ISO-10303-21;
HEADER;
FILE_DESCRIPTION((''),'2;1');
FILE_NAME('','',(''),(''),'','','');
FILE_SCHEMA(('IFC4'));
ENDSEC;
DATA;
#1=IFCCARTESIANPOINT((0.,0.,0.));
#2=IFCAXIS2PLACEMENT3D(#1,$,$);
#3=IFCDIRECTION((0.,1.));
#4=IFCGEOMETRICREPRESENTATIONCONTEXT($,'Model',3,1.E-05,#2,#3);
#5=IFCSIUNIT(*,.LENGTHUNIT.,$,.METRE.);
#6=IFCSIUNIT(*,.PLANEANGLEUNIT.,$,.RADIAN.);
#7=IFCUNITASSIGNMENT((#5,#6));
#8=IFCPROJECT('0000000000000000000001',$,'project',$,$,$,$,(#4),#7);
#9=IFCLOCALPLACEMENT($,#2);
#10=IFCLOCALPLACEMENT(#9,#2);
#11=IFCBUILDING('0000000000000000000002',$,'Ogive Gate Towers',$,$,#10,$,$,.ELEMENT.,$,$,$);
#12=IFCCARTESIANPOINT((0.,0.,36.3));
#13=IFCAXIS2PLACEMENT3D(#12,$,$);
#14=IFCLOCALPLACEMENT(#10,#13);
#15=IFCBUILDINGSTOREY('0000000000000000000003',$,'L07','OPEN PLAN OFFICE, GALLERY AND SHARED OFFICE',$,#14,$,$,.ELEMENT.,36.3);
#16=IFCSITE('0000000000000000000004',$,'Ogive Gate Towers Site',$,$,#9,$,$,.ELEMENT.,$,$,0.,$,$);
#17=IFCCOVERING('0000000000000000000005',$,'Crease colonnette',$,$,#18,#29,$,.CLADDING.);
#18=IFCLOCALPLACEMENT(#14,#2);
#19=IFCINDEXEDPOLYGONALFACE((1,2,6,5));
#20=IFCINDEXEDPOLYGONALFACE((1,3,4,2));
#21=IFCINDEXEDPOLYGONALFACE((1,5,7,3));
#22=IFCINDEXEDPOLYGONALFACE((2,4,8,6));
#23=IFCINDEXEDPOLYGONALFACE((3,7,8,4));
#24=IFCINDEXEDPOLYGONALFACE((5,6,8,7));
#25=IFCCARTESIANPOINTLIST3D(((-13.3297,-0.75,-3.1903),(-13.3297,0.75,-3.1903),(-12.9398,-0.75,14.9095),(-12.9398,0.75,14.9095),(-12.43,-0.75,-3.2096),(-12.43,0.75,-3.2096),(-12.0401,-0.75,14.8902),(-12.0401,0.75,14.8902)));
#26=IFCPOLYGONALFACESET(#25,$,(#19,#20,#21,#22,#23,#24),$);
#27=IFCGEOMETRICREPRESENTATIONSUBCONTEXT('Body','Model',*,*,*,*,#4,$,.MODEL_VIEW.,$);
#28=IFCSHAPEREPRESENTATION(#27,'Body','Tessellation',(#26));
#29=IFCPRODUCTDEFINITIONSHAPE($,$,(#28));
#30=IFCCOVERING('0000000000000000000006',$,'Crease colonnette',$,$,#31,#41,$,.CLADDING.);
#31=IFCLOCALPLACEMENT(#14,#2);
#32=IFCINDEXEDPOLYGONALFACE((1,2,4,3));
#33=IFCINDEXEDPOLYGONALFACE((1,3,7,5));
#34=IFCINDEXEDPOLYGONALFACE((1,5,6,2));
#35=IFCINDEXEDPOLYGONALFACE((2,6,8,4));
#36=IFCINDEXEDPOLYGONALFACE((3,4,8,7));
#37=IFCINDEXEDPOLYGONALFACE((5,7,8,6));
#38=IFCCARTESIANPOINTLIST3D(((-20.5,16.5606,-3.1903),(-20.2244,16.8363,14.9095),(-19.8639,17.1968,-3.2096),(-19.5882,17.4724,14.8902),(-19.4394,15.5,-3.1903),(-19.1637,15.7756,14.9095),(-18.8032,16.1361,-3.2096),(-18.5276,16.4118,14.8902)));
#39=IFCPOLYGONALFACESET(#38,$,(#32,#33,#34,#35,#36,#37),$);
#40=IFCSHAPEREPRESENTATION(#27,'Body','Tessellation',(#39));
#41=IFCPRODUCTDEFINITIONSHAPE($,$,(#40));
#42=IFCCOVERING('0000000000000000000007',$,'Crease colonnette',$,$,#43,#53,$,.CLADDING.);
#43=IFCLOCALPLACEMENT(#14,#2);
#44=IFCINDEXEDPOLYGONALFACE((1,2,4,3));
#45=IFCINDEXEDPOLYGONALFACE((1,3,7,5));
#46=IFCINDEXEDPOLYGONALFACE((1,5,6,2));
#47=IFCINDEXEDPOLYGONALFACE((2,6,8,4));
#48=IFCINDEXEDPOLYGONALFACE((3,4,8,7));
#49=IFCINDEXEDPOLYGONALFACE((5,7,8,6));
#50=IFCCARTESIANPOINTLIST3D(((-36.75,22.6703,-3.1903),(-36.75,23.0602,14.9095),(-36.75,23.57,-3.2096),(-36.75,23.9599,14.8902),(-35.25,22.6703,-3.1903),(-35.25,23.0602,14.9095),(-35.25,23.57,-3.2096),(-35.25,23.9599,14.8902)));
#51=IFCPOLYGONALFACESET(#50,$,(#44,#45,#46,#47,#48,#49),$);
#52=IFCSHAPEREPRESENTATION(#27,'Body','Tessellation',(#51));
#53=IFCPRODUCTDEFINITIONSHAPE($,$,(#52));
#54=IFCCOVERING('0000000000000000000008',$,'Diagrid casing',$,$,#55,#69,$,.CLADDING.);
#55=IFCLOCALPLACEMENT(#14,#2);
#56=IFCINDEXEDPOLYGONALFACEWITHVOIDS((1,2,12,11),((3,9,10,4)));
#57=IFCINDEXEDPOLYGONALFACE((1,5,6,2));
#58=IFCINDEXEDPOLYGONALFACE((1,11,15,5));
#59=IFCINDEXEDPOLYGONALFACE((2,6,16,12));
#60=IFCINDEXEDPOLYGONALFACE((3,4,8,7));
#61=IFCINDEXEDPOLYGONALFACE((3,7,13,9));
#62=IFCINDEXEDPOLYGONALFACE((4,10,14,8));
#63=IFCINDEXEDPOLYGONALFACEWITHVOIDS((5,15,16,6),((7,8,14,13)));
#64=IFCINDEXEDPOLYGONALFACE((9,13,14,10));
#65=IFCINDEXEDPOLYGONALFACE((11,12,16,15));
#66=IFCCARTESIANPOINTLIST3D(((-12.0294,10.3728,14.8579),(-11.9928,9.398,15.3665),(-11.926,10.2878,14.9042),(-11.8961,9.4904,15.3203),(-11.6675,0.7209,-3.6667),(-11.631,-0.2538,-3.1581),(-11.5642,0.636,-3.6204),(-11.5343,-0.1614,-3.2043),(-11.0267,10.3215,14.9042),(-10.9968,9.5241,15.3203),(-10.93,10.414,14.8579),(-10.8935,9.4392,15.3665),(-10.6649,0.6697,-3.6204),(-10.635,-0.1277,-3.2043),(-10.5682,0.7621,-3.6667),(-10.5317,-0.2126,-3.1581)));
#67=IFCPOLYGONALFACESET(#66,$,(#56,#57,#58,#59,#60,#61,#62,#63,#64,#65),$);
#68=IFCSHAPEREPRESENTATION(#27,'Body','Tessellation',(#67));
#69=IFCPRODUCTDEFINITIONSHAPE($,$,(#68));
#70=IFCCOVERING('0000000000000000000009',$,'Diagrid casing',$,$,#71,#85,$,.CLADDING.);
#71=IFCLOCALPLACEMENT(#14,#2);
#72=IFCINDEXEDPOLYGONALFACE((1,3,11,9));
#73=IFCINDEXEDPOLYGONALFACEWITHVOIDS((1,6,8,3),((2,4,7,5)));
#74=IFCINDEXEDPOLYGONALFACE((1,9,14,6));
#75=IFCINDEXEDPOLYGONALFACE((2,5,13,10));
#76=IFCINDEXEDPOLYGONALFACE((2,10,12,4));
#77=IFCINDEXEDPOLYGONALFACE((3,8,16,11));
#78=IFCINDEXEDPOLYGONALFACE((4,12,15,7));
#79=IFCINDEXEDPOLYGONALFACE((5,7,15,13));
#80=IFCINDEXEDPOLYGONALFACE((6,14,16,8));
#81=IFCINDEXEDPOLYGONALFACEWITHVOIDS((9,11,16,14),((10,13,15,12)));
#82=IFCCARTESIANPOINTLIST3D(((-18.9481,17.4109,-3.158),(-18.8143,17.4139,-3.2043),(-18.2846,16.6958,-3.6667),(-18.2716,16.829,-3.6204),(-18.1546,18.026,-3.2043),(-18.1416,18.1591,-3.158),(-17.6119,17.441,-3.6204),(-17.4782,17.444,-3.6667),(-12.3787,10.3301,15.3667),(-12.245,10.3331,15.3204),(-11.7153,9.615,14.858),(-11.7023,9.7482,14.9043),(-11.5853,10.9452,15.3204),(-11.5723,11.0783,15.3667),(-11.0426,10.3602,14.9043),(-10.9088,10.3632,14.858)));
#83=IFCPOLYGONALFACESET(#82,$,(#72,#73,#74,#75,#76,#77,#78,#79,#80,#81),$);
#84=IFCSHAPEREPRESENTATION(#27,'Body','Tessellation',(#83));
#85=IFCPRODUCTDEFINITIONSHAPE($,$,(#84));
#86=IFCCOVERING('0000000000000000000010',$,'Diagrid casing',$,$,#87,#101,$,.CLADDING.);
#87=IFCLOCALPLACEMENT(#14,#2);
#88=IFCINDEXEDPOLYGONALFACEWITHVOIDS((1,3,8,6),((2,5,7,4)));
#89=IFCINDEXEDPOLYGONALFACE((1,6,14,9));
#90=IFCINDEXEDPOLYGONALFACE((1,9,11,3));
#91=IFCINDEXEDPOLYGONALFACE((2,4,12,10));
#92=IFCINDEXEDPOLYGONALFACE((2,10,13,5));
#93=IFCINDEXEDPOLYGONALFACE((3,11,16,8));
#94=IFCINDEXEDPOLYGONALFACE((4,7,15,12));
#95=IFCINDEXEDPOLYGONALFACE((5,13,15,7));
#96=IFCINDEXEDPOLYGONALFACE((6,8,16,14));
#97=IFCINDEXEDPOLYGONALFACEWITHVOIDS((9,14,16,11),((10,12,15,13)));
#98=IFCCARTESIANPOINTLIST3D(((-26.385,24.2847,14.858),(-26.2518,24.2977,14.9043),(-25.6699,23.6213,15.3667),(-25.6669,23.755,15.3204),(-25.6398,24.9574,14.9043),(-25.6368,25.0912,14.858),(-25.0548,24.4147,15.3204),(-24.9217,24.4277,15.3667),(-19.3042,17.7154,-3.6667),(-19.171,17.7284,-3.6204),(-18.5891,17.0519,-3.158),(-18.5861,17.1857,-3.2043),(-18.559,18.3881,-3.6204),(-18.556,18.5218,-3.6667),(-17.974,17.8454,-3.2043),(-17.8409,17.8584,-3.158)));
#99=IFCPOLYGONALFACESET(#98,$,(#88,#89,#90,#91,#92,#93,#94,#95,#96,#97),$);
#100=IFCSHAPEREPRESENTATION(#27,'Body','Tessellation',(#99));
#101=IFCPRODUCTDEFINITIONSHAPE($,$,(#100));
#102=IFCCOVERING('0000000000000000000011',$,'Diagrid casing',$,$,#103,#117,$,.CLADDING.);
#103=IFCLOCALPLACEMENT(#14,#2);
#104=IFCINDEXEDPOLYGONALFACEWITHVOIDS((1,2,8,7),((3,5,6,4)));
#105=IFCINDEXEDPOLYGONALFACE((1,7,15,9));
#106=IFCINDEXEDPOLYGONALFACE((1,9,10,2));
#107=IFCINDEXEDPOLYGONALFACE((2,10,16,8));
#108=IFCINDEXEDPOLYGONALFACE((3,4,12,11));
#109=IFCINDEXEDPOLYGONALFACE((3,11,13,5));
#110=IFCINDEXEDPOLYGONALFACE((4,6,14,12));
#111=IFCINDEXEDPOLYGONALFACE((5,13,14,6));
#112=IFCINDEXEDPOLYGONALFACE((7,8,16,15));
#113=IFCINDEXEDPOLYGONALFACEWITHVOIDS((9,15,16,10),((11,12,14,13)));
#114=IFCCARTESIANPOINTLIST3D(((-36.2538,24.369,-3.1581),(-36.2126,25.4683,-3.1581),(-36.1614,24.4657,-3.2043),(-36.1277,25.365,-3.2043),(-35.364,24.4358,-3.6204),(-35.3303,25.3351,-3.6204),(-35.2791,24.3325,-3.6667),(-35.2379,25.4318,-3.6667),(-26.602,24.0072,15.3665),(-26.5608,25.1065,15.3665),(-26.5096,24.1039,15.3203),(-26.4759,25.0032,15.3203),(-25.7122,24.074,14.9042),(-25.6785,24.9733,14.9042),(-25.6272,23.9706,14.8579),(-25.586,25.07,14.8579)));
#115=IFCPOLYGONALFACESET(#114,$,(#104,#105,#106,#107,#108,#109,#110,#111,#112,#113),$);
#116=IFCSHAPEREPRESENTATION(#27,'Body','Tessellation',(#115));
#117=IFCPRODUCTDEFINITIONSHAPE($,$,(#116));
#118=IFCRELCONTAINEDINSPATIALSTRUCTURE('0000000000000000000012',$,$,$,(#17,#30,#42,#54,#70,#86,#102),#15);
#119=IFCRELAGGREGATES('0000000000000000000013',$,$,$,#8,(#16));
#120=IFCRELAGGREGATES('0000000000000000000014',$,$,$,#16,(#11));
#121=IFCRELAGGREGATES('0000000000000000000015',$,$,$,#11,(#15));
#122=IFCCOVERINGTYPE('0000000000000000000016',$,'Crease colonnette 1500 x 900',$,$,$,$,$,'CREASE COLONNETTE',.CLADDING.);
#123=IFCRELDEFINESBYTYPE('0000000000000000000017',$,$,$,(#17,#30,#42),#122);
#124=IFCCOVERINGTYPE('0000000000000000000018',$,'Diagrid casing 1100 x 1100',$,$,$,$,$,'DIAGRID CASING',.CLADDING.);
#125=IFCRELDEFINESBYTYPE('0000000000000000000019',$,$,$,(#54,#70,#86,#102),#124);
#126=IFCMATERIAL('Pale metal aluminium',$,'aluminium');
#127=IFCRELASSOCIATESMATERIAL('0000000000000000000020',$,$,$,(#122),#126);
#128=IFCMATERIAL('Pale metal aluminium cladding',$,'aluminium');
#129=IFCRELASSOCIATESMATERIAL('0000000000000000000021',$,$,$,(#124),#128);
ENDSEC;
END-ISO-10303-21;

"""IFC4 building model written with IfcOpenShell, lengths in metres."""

from ifc_helpers import new_model, si_unit, direction, frame, origin, origin_2d, place, context, subcontext, project, spatial, rectangle, hollow_rectangle, extrude, material, material_profile, profile_set, type_object, element, save


model = new_model("IFC4")

# Units and contexts
model_context = context("Model", 3, precision=1e-05, world=origin(), true_north=direction((0.0, 1.0)))
body_context = subcontext(model_context, "Body", "Model", "MODEL_VIEW")
ifc_project = project(units=[si_unit("LENGTHUNIT", "METRE"), si_unit("PLANEANGLEUNIT", "RADIAN")], contexts=[model_context])

# Site, building, storey
site_placement = place(None, origin())
site = spatial("IfcSite", under=ifc_project, at=site_placement, Name="Ogive Gate Towers Site", CompositionType="ELEMENT", RefElevation=0.0)
building_placement = place(site_placement, origin())
building = spatial("IfcBuilding", under=site, at=building_placement, Name="Ogive Gate Towers", CompositionType="ELEMENT")
storey_placement = place(building_placement, frame((0.0, 0.0, 36.3)))
storey = spatial("IfcBuildingStorey", under=building, at=storey_placement, Name="L07", Description="OPEN PLAN OFFICE, GALLERY AND SHARED OFFICE", CompositionType="ELEMENT", Elevation=36.3)

# Coverings
ifc_material_1 = material(Name="Pale metal aluminium", Category="aluminium")
ifc_material_profile_1 = material_profile(ifc_material_1, rectangle(XDim=1.5, YDim=0.8999, at=origin_2d()), Name="1500 x 900 pale metal aluminium")
ifc_profile_set_1 = profile_set([ifc_material_profile_1], Name="Pale metal aluminium")
covering_type_1 = type_object("IfcCoveringType", Name="Crease colonnette 1500 x 900", ElementType="CREASE COLONNETTE", PredefinedType="CLADDING", material=ifc_profile_set_1)
for number, where, z_axis, x_axis, name in (
    (1, (-12.8799, 0.0, -3.2), (0.021536, 0.0, 0.999768), (0.0, 1.0, 0.0), "Crease colonnette"),
    (2, (-19.6516, 16.3484, -3.2), (0.015225, 0.015225, 0.999768), (-0.707107, 0.707107, 0.0), "Crease colonnette"),
    (3, (-36.0, 23.1201, -3.2), (0.0, 0.021536, 0.999768), (-1.0, 0.0, 0.0), "Crease colonnette"),
):
    element("IfcCovering", number, at=place(storey_placement, frame(where, z_axis=z_axis, x_axis=x_axis)), inside=storey, type_object=covering_type_1, Name=name, PredefinedType="CLADDING", context=body_context, shape_type="SweptSolid", body=[
        extrude(rectangle(XDim=1.5, YDim=0.8999, at=origin_2d()), origin(), (0.0, 0.0, 1.0), 18.104),
    ])
ifc_material_2 = material(Name="Pale metal aluminium cladding", Category="aluminium")
ifc_material_profile_2 = material_profile(ifc_material_2, hollow_rectangle(XDim=1.1001, YDim=1.1001, WallThickness=0.1001, at=origin_2d()), Name="1100 x 1100 pale metal casing")
ifc_profile_set_2 = profile_set([ifc_material_profile_2], Name="Pale metal aluminium cladding")
covering_type_2 = type_object("IfcCoveringType", Name="Diagrid casing 1100 x 1100", ElementType="DIAGRID CASING", PredefinedType="CLADDING", material=ifc_profile_set_2)
covering_1_placement = place(storey_placement, frame((-11.0996, 0.2542, -3.4124), z_axis=(-0.017319, 0.462001, 0.886711), x_axis=(-0.999298, -0.03746, 0.0)))
element("IfcCovering", 4, at=covering_1_placement, inside=storey, type_object=covering_type_2, Name="Diagrid casing", PredefinedType="CLADDING", context=body_context, shape_type="SweptSolid", body=[
    extrude(hollow_rectangle(XDim=1.1001, YDim=1.1001, WallThickness=0.1001, at=origin_2d()), origin(), (0.0, 0.0, 1.0), 20.8914),
])
for number, where, z_axis, x_axis, name in (
    (5, (-18.2131, 17.4275, -3.4124), (0.314449, -0.338932, 0.886706), (0.733088, 0.680134, 0.0), "Diagrid casing"),
    (6, (-18.5725, 17.7869, -3.4124), (-0.338932, 0.314449, 0.886706), (-0.680134, -0.733088, 0.0), "Diagrid casing"),
):
    element("IfcCovering", number, at=place(storey_placement, frame(where, z_axis=z_axis, x_axis=x_axis)), inside=storey, type_object=covering_type_2, Name=name, PredefinedType="CLADDING", context=body_context, shape_type="SweptSolid", body=[
        extrude(hollow_rectangle(XDim=1.1001, YDim=1.1001, WallThickness=0.1001, at=origin_2d()), origin(), (0.0, 0.0, 1.0), 20.8916),
    ])
covering_2_placement = place(storey_placement, frame((-35.7458, 24.9004, -3.4124), z_axis=(0.462001, -0.017319, 0.886711), x_axis=(0.03746, 0.999298, 0.0)))
element("IfcCovering", 7, at=covering_2_placement, inside=storey, type_object=covering_type_2, Name="Diagrid casing", PredefinedType="CLADDING", context=body_context, shape_type="SweptSolid", body=[
    extrude(hollow_rectangle(XDim=1.1001, YDim=1.1001, WallThickness=0.1001, at=origin_2d()), origin(), (0.0, 0.0, 1.0), 20.8914),
])

save(model, "model.ifc")
